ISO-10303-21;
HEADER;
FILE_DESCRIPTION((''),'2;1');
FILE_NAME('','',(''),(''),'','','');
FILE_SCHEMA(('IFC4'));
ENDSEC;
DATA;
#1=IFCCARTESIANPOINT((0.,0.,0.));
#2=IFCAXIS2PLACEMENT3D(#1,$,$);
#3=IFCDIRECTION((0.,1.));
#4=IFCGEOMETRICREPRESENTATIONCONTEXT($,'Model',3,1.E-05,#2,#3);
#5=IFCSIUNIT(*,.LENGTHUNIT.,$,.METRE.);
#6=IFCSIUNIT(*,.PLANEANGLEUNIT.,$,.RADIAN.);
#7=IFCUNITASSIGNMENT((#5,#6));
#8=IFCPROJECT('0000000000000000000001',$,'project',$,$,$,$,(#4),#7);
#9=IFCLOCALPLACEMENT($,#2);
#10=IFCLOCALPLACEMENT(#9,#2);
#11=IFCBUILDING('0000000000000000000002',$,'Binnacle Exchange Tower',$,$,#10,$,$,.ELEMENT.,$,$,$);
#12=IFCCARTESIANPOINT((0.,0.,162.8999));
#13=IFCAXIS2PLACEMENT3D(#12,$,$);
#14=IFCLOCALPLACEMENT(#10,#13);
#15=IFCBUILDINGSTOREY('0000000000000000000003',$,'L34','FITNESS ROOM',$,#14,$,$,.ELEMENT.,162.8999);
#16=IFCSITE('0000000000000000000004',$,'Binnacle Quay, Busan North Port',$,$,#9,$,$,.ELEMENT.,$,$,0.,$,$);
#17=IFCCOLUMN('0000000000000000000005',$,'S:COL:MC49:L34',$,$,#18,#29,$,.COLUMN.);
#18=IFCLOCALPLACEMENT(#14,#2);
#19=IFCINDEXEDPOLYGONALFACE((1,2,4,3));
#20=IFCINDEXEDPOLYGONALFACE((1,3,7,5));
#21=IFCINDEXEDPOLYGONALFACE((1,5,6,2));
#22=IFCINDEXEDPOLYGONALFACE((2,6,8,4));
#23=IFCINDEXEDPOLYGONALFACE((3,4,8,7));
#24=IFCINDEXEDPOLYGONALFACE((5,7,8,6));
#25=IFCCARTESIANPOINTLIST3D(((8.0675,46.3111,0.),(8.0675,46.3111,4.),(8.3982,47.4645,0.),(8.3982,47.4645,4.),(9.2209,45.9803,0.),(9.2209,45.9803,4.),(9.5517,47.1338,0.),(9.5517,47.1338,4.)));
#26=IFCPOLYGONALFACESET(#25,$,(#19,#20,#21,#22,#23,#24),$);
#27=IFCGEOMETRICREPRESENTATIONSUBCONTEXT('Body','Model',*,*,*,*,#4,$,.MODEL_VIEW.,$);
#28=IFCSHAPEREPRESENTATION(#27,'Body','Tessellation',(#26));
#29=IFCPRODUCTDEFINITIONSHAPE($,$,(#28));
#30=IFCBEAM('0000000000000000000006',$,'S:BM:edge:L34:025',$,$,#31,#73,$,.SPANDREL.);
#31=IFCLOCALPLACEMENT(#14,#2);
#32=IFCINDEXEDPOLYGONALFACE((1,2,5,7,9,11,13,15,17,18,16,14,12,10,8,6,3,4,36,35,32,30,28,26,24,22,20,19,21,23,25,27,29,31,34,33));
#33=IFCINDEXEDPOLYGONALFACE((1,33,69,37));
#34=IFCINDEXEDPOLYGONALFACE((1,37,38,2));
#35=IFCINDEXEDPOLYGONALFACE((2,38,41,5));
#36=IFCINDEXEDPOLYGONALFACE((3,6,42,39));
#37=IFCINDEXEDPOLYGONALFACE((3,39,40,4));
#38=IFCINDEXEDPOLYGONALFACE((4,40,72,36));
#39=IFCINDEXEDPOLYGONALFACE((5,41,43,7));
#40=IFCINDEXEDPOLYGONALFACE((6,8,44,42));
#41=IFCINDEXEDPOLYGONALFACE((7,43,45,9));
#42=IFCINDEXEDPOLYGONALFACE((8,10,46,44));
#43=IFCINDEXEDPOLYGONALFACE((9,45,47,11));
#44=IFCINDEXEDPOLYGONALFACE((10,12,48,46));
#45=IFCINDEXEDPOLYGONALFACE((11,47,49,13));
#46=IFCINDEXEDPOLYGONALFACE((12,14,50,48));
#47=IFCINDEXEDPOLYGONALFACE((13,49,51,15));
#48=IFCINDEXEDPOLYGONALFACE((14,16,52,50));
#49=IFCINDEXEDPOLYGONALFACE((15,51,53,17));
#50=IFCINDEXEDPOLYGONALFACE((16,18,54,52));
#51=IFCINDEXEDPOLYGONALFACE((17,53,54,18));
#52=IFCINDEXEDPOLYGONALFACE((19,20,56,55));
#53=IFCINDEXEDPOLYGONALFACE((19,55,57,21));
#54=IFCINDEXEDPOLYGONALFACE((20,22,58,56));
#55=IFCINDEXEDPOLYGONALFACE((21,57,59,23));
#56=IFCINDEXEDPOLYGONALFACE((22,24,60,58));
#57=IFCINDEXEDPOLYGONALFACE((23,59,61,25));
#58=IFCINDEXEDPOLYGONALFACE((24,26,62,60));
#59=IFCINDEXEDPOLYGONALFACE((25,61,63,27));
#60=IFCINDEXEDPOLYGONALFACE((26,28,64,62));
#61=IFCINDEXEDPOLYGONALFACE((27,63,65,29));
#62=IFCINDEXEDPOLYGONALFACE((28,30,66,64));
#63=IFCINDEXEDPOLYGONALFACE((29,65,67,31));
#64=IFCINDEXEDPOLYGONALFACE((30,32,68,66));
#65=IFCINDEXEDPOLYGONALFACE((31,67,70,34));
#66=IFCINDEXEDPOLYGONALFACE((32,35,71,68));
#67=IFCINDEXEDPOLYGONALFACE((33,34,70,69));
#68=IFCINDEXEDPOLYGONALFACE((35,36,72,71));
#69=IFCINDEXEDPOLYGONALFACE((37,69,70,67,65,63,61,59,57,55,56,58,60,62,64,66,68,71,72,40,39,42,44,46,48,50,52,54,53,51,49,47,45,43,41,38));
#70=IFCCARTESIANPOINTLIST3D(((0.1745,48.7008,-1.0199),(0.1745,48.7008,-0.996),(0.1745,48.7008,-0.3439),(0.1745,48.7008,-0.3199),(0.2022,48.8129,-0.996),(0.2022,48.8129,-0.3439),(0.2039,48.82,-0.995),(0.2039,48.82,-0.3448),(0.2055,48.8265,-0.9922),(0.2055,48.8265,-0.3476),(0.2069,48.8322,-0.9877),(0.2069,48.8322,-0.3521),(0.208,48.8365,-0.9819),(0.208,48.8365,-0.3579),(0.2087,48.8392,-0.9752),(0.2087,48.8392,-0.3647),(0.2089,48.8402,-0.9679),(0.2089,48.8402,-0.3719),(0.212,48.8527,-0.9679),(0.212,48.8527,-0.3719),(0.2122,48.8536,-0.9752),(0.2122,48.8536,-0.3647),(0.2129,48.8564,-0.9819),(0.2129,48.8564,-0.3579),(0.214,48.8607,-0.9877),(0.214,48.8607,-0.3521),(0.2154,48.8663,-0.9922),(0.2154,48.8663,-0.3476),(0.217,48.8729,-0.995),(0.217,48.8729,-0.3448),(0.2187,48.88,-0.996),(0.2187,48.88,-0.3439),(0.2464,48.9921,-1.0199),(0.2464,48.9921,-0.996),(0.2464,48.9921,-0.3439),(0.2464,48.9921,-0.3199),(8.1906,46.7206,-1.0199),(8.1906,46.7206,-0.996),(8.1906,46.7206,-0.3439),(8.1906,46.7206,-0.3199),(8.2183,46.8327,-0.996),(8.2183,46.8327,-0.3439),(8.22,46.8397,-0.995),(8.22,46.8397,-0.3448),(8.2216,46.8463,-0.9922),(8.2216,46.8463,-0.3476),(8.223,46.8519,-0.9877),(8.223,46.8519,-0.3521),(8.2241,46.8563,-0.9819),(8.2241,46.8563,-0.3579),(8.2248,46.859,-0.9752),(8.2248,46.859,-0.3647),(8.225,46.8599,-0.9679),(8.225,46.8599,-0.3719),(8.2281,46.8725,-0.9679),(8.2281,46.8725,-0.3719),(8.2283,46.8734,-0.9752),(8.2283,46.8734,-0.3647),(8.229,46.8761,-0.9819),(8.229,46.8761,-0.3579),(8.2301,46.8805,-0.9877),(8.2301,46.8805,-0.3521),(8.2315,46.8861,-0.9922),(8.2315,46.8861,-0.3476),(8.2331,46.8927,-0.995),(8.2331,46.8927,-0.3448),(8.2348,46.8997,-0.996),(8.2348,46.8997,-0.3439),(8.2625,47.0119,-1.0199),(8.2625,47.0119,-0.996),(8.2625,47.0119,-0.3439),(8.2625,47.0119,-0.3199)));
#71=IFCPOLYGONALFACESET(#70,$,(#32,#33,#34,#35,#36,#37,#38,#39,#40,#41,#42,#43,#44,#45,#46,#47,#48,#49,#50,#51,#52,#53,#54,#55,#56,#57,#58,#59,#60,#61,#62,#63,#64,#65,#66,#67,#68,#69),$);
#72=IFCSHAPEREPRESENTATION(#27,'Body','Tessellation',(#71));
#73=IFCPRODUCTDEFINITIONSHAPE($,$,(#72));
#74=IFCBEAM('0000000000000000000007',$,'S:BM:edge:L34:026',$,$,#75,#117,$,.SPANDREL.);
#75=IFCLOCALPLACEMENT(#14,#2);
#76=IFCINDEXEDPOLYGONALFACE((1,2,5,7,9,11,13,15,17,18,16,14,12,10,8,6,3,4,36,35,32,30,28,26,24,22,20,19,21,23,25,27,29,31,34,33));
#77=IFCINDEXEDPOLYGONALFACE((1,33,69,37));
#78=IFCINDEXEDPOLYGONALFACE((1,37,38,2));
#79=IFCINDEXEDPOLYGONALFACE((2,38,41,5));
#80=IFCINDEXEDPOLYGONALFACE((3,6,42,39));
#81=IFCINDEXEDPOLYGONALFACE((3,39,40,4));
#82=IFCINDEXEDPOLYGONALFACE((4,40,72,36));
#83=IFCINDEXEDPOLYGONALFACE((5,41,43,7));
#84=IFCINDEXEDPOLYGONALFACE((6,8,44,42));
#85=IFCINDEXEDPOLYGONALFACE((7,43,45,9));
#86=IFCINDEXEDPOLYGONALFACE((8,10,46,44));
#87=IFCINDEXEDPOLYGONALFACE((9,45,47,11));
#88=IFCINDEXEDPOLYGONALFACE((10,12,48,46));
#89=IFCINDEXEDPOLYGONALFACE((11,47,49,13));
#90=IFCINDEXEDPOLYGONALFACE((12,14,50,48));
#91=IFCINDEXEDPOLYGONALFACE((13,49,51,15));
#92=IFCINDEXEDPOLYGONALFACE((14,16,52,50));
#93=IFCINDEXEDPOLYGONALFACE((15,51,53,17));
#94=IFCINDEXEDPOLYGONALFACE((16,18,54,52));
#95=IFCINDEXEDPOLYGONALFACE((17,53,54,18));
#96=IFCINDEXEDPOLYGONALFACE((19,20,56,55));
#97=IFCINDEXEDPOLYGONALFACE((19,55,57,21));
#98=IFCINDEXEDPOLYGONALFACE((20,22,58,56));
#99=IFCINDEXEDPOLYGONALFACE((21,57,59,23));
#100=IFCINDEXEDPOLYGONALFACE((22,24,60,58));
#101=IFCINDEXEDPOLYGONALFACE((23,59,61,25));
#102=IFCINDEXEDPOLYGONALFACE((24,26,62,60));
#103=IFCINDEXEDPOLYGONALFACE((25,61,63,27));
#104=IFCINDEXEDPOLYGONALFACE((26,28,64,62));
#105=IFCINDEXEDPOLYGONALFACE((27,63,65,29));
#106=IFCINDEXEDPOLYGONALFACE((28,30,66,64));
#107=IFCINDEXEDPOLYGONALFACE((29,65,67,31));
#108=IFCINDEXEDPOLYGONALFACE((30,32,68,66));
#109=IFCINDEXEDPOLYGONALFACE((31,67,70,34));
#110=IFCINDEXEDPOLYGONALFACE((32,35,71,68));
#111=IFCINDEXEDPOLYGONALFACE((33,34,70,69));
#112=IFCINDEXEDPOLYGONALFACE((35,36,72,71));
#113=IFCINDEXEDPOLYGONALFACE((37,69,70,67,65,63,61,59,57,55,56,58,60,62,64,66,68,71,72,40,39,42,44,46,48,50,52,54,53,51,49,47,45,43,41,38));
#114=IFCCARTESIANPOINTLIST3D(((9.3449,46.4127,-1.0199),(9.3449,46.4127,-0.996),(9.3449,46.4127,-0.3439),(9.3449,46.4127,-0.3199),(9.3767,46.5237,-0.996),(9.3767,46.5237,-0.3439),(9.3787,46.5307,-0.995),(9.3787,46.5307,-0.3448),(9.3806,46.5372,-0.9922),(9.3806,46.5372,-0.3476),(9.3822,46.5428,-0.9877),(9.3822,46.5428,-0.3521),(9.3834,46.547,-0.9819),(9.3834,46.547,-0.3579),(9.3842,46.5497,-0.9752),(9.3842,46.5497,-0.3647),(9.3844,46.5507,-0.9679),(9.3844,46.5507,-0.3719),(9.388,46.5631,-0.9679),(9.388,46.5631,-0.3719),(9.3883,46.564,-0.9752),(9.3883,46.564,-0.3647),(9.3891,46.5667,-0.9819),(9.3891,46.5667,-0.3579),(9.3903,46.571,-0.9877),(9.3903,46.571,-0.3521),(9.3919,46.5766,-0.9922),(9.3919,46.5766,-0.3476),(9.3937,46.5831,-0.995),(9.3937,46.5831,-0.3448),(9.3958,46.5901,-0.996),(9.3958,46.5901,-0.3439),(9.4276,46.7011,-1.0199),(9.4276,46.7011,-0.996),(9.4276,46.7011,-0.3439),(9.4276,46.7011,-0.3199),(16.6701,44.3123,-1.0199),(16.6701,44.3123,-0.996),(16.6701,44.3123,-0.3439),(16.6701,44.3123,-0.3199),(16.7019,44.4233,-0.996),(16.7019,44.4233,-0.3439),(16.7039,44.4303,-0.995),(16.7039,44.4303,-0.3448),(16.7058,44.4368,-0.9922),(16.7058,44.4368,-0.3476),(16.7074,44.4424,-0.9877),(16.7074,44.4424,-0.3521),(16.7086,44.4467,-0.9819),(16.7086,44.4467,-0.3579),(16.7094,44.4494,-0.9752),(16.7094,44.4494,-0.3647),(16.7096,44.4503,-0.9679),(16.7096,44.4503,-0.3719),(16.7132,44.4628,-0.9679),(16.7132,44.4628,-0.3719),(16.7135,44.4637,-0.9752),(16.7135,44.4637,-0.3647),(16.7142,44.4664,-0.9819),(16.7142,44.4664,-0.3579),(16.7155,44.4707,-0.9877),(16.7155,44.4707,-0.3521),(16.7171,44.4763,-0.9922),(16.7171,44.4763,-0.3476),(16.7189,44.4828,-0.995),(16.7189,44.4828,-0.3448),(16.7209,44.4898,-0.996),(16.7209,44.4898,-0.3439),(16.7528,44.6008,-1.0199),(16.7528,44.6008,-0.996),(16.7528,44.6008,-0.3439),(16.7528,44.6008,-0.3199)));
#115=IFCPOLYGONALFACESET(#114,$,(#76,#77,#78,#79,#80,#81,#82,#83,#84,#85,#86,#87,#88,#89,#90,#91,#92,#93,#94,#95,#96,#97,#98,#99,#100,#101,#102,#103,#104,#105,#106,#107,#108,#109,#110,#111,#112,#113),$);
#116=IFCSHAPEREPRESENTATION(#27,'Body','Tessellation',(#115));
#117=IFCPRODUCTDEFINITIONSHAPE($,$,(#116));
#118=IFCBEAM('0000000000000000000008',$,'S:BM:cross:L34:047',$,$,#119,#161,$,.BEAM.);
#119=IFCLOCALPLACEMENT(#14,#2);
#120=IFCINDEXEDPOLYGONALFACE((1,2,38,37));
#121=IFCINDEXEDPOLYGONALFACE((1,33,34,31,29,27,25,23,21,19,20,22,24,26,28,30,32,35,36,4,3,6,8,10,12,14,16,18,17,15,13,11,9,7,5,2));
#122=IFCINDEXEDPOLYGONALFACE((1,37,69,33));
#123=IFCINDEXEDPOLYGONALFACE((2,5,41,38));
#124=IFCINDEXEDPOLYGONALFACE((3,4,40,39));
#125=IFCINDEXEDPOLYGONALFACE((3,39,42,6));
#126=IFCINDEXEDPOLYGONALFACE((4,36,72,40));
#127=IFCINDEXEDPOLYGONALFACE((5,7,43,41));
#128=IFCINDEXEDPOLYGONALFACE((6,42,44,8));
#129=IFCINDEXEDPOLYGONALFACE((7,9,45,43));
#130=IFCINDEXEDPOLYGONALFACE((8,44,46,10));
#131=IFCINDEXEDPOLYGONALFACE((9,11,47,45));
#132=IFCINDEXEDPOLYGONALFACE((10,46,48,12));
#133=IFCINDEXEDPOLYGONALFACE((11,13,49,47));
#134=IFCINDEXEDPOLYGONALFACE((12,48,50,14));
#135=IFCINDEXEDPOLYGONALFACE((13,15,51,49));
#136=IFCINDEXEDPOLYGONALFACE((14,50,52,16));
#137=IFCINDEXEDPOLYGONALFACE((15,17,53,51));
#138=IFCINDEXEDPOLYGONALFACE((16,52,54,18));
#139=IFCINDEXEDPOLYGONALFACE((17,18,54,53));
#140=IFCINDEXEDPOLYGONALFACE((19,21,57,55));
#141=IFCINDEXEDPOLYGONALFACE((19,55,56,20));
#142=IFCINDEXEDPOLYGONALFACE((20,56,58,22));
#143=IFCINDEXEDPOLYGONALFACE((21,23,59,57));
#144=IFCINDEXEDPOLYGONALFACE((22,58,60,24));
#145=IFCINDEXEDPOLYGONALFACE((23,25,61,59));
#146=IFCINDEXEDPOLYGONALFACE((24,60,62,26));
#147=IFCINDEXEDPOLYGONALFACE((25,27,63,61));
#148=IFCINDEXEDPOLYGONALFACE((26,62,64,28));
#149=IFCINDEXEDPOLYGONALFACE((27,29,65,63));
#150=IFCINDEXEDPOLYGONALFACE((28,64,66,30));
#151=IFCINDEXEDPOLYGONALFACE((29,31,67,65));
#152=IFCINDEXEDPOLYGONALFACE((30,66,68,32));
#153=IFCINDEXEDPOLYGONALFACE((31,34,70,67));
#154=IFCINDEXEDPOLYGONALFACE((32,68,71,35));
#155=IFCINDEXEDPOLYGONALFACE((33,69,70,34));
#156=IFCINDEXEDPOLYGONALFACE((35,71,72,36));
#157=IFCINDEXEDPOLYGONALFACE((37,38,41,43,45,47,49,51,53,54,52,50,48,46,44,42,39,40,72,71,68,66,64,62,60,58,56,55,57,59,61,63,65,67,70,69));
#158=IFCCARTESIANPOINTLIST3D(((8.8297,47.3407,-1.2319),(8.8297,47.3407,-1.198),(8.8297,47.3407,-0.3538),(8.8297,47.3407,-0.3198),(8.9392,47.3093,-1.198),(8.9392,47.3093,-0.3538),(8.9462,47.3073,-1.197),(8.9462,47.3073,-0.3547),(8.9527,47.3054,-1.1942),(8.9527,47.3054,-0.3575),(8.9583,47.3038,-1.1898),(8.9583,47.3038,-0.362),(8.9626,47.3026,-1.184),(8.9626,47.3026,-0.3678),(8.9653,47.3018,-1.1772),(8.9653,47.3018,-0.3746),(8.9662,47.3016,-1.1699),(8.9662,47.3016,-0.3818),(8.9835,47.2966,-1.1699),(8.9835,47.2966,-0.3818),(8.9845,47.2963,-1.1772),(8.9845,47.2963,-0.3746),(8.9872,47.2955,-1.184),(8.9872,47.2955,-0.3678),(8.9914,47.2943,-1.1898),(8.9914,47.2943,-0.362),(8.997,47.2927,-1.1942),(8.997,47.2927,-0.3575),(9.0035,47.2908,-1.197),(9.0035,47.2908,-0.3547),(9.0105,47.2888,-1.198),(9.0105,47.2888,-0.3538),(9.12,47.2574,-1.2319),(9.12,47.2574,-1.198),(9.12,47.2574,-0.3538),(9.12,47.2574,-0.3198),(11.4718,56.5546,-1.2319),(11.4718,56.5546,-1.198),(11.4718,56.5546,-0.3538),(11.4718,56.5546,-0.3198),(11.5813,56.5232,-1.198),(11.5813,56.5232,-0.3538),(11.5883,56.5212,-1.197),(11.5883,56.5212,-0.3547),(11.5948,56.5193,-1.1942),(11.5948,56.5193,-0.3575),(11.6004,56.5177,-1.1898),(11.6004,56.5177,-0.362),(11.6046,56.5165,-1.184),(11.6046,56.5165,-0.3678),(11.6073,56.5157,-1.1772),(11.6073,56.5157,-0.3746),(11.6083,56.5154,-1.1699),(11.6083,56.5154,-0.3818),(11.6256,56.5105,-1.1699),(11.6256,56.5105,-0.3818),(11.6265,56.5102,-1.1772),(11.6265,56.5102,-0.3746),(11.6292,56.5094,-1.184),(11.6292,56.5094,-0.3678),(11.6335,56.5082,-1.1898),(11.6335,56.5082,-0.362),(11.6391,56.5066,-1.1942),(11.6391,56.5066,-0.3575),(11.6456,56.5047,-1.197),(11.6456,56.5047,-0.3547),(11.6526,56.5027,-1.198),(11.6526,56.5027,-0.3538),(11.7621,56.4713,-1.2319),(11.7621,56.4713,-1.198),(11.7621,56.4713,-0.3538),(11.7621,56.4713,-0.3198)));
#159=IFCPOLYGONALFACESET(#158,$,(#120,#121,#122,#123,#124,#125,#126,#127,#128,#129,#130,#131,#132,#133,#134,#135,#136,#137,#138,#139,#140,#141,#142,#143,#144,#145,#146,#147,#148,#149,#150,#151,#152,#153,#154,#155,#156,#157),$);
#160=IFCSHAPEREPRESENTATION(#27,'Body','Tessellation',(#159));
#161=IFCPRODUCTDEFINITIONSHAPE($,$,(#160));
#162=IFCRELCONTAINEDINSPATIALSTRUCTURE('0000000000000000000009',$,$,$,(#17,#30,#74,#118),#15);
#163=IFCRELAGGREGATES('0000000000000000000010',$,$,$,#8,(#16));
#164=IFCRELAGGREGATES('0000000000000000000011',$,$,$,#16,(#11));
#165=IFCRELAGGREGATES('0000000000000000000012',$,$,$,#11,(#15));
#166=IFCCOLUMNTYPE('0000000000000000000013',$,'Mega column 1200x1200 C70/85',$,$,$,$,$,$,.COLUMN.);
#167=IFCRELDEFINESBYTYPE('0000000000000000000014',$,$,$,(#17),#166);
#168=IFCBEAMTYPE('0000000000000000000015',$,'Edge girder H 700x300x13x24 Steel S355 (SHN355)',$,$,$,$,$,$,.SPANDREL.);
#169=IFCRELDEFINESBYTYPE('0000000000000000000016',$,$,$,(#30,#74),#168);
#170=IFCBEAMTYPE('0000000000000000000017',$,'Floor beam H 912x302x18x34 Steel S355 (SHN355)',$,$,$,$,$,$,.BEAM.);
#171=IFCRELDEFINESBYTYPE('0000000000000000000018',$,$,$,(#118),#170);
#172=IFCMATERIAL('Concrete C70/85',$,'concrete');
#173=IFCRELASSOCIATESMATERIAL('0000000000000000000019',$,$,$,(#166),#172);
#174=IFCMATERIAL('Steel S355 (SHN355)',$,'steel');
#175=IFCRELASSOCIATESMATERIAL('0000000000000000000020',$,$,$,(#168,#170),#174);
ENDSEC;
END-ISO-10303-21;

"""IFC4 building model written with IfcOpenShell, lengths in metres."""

from ifc_helpers import new_model, si_unit, direction, frame, origin, origin_2d, place, context, subcontext, project, spatial, rectangle, i_section, extrude, material, material_profile, profile_set, type_object, element, save


model = new_model("IFC4")

# Units and contexts
model_context = context("Model", 3, precision=1e-05, world=origin(), true_north=direction((0.0, 1.0)))
body_context = subcontext(model_context, "Body", "Model", "MODEL_VIEW")
ifc_project = project(units=[si_unit("LENGTHUNIT", "METRE"), si_unit("PLANEANGLEUNIT", "RADIAN")], contexts=[model_context])

# Site, building, storey
site_placement = place(None, origin())
site = spatial("IfcSite", under=ifc_project, at=site_placement, Name="Binnacle Quay, Busan North Port", CompositionType="ELEMENT", RefElevation=0.0)
building_placement = place(site_placement, origin())
building = spatial("IfcBuilding", under=site, at=building_placement, Name="Binnacle Exchange Tower", CompositionType="ELEMENT")
storey_placement = place(building_placement, frame((0.0, 0.0, 162.8999)))
storey = spatial("IfcBuildingStorey", under=building, at=storey_placement, Name="L34", Description="FITNESS ROOM", CompositionType="ELEMENT", Elevation=162.8999)

# Column
ifc_material_1 = material(Name="Concrete C70/85", Category="concrete")
ifc_material_profile_1 = material_profile(ifc_material_1, rectangle(XDim=1.2, YDim=1.2, at=origin_2d()), Name="Mega column 1200x1200 C70/85")
ifc_profile_set_1 = profile_set([ifc_material_profile_1], Name="Concrete C70/85")
column_type = type_object("IfcColumnType", Name="Mega column 1200x1200 C70/85", PredefinedType="COLUMN", material=ifc_profile_set_1)
column_placement = place(storey_placement, frame((8.8096, 46.7224, 0.0), z_axis=(0.0, 0.0, 1.0), x_axis=(0.961262, -0.275637, 0.0)))
element("IfcColumn", 1, at=column_placement, inside=storey, type_object=column_type, Name="S:COL:MC49:L34", PredefinedType="COLUMN", context=body_context, shape_type="SweptSolid", body=[
    extrude(rectangle(XDim=1.2, YDim=1.2, at=origin_2d()), origin(), (0.0, 0.0, 1.0), 4.0),
])

# Beams
ifc_material_2 = material(Name="Steel S355 (SHN355)", Category="steel")
ifc_material_profile_2 = material_profile(ifc_material_2, i_section(OverallWidth=0.3, OverallDepth=0.7, WebThickness=0.0129, FlangeThickness=0.0239, FilletRadius=0.0281, at=origin_2d()), Name="H 700x300x13x24")
ifc_profile_set_2 = profile_set([ifc_material_profile_2], Name="Steel S355 (SHN355)")
beam_type_1 = type_object("IfcBeamType", Name="Edge girder H 700x300x13x24 Steel S355 (SHN355)", PredefinedType="SPANDREL", material=ifc_profile_set_2)
beam_1_placement = place(storey_placement, frame((0.2104, 48.8464, -0.6699), z_axis=(0.970817, -0.239821, 0.0), x_axis=(0.239821, 0.970817, 0.0)))
element("IfcBeam", 2, at=beam_1_placement, inside=storey, type_object=beam_type_1, Name="S:BM:edge:L34:025", PredefinedType="SPANDREL", context=body_context, shape_type="SweptSolid", body=[
    extrude(i_section(OverallWidth=0.3, OverallDepth=0.7, WebThickness=0.0129, FlangeThickness=0.0239, FilletRadius=0.0281, at=origin_2d()), origin(), (0.0, 0.0, 1.0), 8.2571),
])
beam_2_placement = place(storey_placement, frame((9.3862, 46.5569, -0.6699), z_axis=(0.961266, -0.275622, 0.0), x_axis=(0.275622, 0.961266, 0.0)))
element("IfcBeam", 3, at=beam_2_placement, inside=storey, type_object=beam_type_1, Name="S:BM:edge:L34:026", PredefinedType="SPANDREL", context=body_context, shape_type="SweptSolid", body=[
    extrude(i_section(OverallWidth=0.3, OverallDepth=0.7, WebThickness=0.0129, FlangeThickness=0.0239, FilletRadius=0.0281, at=origin_2d()), origin(), (0.0, 0.0, 1.0), 7.6204),
])
ifc_material_profile_3 = material_profile(ifc_material_2, i_section(OverallWidth=0.302, OverallDepth=0.9121, WebThickness=0.0181, FlangeThickness=0.0339, FilletRadius=0.0281, at=origin_2d()), Name="H 912x302x18x34")
ifc_profile_set_3 = profile_set([ifc_material_profile_3], Name="Steel S355 (SHN355)")
beam_type_2 = type_object("IfcBeamType", Name="Floor beam H 912x302x18x34 Steel S355 (SHN355)", PredefinedType="BEAM", material=ifc_profile_set_3)
beam_3_placement = place(storey_placement, frame((8.9749, 47.2991, -0.7759), z_axis=(0.275643, 0.96126, 0.0), x_axis=(-0.96126, 0.275643, 0.0)))
element("IfcBeam", 4, at=beam_3_placement, inside=storey, type_object=beam_type_2, Name="S:BM:cross:L34:047", PredefinedType="BEAM", context=body_context, shape_type="SweptSolid", body=[
    extrude(i_section(OverallWidth=0.302, OverallDepth=0.9121, WebThickness=0.0181, FlangeThickness=0.0339, FilletRadius=0.0281, at=origin_2d()), origin(), (0.0, 0.0, 1.0), 9.5852),
])

save(model, "model.ifc")
